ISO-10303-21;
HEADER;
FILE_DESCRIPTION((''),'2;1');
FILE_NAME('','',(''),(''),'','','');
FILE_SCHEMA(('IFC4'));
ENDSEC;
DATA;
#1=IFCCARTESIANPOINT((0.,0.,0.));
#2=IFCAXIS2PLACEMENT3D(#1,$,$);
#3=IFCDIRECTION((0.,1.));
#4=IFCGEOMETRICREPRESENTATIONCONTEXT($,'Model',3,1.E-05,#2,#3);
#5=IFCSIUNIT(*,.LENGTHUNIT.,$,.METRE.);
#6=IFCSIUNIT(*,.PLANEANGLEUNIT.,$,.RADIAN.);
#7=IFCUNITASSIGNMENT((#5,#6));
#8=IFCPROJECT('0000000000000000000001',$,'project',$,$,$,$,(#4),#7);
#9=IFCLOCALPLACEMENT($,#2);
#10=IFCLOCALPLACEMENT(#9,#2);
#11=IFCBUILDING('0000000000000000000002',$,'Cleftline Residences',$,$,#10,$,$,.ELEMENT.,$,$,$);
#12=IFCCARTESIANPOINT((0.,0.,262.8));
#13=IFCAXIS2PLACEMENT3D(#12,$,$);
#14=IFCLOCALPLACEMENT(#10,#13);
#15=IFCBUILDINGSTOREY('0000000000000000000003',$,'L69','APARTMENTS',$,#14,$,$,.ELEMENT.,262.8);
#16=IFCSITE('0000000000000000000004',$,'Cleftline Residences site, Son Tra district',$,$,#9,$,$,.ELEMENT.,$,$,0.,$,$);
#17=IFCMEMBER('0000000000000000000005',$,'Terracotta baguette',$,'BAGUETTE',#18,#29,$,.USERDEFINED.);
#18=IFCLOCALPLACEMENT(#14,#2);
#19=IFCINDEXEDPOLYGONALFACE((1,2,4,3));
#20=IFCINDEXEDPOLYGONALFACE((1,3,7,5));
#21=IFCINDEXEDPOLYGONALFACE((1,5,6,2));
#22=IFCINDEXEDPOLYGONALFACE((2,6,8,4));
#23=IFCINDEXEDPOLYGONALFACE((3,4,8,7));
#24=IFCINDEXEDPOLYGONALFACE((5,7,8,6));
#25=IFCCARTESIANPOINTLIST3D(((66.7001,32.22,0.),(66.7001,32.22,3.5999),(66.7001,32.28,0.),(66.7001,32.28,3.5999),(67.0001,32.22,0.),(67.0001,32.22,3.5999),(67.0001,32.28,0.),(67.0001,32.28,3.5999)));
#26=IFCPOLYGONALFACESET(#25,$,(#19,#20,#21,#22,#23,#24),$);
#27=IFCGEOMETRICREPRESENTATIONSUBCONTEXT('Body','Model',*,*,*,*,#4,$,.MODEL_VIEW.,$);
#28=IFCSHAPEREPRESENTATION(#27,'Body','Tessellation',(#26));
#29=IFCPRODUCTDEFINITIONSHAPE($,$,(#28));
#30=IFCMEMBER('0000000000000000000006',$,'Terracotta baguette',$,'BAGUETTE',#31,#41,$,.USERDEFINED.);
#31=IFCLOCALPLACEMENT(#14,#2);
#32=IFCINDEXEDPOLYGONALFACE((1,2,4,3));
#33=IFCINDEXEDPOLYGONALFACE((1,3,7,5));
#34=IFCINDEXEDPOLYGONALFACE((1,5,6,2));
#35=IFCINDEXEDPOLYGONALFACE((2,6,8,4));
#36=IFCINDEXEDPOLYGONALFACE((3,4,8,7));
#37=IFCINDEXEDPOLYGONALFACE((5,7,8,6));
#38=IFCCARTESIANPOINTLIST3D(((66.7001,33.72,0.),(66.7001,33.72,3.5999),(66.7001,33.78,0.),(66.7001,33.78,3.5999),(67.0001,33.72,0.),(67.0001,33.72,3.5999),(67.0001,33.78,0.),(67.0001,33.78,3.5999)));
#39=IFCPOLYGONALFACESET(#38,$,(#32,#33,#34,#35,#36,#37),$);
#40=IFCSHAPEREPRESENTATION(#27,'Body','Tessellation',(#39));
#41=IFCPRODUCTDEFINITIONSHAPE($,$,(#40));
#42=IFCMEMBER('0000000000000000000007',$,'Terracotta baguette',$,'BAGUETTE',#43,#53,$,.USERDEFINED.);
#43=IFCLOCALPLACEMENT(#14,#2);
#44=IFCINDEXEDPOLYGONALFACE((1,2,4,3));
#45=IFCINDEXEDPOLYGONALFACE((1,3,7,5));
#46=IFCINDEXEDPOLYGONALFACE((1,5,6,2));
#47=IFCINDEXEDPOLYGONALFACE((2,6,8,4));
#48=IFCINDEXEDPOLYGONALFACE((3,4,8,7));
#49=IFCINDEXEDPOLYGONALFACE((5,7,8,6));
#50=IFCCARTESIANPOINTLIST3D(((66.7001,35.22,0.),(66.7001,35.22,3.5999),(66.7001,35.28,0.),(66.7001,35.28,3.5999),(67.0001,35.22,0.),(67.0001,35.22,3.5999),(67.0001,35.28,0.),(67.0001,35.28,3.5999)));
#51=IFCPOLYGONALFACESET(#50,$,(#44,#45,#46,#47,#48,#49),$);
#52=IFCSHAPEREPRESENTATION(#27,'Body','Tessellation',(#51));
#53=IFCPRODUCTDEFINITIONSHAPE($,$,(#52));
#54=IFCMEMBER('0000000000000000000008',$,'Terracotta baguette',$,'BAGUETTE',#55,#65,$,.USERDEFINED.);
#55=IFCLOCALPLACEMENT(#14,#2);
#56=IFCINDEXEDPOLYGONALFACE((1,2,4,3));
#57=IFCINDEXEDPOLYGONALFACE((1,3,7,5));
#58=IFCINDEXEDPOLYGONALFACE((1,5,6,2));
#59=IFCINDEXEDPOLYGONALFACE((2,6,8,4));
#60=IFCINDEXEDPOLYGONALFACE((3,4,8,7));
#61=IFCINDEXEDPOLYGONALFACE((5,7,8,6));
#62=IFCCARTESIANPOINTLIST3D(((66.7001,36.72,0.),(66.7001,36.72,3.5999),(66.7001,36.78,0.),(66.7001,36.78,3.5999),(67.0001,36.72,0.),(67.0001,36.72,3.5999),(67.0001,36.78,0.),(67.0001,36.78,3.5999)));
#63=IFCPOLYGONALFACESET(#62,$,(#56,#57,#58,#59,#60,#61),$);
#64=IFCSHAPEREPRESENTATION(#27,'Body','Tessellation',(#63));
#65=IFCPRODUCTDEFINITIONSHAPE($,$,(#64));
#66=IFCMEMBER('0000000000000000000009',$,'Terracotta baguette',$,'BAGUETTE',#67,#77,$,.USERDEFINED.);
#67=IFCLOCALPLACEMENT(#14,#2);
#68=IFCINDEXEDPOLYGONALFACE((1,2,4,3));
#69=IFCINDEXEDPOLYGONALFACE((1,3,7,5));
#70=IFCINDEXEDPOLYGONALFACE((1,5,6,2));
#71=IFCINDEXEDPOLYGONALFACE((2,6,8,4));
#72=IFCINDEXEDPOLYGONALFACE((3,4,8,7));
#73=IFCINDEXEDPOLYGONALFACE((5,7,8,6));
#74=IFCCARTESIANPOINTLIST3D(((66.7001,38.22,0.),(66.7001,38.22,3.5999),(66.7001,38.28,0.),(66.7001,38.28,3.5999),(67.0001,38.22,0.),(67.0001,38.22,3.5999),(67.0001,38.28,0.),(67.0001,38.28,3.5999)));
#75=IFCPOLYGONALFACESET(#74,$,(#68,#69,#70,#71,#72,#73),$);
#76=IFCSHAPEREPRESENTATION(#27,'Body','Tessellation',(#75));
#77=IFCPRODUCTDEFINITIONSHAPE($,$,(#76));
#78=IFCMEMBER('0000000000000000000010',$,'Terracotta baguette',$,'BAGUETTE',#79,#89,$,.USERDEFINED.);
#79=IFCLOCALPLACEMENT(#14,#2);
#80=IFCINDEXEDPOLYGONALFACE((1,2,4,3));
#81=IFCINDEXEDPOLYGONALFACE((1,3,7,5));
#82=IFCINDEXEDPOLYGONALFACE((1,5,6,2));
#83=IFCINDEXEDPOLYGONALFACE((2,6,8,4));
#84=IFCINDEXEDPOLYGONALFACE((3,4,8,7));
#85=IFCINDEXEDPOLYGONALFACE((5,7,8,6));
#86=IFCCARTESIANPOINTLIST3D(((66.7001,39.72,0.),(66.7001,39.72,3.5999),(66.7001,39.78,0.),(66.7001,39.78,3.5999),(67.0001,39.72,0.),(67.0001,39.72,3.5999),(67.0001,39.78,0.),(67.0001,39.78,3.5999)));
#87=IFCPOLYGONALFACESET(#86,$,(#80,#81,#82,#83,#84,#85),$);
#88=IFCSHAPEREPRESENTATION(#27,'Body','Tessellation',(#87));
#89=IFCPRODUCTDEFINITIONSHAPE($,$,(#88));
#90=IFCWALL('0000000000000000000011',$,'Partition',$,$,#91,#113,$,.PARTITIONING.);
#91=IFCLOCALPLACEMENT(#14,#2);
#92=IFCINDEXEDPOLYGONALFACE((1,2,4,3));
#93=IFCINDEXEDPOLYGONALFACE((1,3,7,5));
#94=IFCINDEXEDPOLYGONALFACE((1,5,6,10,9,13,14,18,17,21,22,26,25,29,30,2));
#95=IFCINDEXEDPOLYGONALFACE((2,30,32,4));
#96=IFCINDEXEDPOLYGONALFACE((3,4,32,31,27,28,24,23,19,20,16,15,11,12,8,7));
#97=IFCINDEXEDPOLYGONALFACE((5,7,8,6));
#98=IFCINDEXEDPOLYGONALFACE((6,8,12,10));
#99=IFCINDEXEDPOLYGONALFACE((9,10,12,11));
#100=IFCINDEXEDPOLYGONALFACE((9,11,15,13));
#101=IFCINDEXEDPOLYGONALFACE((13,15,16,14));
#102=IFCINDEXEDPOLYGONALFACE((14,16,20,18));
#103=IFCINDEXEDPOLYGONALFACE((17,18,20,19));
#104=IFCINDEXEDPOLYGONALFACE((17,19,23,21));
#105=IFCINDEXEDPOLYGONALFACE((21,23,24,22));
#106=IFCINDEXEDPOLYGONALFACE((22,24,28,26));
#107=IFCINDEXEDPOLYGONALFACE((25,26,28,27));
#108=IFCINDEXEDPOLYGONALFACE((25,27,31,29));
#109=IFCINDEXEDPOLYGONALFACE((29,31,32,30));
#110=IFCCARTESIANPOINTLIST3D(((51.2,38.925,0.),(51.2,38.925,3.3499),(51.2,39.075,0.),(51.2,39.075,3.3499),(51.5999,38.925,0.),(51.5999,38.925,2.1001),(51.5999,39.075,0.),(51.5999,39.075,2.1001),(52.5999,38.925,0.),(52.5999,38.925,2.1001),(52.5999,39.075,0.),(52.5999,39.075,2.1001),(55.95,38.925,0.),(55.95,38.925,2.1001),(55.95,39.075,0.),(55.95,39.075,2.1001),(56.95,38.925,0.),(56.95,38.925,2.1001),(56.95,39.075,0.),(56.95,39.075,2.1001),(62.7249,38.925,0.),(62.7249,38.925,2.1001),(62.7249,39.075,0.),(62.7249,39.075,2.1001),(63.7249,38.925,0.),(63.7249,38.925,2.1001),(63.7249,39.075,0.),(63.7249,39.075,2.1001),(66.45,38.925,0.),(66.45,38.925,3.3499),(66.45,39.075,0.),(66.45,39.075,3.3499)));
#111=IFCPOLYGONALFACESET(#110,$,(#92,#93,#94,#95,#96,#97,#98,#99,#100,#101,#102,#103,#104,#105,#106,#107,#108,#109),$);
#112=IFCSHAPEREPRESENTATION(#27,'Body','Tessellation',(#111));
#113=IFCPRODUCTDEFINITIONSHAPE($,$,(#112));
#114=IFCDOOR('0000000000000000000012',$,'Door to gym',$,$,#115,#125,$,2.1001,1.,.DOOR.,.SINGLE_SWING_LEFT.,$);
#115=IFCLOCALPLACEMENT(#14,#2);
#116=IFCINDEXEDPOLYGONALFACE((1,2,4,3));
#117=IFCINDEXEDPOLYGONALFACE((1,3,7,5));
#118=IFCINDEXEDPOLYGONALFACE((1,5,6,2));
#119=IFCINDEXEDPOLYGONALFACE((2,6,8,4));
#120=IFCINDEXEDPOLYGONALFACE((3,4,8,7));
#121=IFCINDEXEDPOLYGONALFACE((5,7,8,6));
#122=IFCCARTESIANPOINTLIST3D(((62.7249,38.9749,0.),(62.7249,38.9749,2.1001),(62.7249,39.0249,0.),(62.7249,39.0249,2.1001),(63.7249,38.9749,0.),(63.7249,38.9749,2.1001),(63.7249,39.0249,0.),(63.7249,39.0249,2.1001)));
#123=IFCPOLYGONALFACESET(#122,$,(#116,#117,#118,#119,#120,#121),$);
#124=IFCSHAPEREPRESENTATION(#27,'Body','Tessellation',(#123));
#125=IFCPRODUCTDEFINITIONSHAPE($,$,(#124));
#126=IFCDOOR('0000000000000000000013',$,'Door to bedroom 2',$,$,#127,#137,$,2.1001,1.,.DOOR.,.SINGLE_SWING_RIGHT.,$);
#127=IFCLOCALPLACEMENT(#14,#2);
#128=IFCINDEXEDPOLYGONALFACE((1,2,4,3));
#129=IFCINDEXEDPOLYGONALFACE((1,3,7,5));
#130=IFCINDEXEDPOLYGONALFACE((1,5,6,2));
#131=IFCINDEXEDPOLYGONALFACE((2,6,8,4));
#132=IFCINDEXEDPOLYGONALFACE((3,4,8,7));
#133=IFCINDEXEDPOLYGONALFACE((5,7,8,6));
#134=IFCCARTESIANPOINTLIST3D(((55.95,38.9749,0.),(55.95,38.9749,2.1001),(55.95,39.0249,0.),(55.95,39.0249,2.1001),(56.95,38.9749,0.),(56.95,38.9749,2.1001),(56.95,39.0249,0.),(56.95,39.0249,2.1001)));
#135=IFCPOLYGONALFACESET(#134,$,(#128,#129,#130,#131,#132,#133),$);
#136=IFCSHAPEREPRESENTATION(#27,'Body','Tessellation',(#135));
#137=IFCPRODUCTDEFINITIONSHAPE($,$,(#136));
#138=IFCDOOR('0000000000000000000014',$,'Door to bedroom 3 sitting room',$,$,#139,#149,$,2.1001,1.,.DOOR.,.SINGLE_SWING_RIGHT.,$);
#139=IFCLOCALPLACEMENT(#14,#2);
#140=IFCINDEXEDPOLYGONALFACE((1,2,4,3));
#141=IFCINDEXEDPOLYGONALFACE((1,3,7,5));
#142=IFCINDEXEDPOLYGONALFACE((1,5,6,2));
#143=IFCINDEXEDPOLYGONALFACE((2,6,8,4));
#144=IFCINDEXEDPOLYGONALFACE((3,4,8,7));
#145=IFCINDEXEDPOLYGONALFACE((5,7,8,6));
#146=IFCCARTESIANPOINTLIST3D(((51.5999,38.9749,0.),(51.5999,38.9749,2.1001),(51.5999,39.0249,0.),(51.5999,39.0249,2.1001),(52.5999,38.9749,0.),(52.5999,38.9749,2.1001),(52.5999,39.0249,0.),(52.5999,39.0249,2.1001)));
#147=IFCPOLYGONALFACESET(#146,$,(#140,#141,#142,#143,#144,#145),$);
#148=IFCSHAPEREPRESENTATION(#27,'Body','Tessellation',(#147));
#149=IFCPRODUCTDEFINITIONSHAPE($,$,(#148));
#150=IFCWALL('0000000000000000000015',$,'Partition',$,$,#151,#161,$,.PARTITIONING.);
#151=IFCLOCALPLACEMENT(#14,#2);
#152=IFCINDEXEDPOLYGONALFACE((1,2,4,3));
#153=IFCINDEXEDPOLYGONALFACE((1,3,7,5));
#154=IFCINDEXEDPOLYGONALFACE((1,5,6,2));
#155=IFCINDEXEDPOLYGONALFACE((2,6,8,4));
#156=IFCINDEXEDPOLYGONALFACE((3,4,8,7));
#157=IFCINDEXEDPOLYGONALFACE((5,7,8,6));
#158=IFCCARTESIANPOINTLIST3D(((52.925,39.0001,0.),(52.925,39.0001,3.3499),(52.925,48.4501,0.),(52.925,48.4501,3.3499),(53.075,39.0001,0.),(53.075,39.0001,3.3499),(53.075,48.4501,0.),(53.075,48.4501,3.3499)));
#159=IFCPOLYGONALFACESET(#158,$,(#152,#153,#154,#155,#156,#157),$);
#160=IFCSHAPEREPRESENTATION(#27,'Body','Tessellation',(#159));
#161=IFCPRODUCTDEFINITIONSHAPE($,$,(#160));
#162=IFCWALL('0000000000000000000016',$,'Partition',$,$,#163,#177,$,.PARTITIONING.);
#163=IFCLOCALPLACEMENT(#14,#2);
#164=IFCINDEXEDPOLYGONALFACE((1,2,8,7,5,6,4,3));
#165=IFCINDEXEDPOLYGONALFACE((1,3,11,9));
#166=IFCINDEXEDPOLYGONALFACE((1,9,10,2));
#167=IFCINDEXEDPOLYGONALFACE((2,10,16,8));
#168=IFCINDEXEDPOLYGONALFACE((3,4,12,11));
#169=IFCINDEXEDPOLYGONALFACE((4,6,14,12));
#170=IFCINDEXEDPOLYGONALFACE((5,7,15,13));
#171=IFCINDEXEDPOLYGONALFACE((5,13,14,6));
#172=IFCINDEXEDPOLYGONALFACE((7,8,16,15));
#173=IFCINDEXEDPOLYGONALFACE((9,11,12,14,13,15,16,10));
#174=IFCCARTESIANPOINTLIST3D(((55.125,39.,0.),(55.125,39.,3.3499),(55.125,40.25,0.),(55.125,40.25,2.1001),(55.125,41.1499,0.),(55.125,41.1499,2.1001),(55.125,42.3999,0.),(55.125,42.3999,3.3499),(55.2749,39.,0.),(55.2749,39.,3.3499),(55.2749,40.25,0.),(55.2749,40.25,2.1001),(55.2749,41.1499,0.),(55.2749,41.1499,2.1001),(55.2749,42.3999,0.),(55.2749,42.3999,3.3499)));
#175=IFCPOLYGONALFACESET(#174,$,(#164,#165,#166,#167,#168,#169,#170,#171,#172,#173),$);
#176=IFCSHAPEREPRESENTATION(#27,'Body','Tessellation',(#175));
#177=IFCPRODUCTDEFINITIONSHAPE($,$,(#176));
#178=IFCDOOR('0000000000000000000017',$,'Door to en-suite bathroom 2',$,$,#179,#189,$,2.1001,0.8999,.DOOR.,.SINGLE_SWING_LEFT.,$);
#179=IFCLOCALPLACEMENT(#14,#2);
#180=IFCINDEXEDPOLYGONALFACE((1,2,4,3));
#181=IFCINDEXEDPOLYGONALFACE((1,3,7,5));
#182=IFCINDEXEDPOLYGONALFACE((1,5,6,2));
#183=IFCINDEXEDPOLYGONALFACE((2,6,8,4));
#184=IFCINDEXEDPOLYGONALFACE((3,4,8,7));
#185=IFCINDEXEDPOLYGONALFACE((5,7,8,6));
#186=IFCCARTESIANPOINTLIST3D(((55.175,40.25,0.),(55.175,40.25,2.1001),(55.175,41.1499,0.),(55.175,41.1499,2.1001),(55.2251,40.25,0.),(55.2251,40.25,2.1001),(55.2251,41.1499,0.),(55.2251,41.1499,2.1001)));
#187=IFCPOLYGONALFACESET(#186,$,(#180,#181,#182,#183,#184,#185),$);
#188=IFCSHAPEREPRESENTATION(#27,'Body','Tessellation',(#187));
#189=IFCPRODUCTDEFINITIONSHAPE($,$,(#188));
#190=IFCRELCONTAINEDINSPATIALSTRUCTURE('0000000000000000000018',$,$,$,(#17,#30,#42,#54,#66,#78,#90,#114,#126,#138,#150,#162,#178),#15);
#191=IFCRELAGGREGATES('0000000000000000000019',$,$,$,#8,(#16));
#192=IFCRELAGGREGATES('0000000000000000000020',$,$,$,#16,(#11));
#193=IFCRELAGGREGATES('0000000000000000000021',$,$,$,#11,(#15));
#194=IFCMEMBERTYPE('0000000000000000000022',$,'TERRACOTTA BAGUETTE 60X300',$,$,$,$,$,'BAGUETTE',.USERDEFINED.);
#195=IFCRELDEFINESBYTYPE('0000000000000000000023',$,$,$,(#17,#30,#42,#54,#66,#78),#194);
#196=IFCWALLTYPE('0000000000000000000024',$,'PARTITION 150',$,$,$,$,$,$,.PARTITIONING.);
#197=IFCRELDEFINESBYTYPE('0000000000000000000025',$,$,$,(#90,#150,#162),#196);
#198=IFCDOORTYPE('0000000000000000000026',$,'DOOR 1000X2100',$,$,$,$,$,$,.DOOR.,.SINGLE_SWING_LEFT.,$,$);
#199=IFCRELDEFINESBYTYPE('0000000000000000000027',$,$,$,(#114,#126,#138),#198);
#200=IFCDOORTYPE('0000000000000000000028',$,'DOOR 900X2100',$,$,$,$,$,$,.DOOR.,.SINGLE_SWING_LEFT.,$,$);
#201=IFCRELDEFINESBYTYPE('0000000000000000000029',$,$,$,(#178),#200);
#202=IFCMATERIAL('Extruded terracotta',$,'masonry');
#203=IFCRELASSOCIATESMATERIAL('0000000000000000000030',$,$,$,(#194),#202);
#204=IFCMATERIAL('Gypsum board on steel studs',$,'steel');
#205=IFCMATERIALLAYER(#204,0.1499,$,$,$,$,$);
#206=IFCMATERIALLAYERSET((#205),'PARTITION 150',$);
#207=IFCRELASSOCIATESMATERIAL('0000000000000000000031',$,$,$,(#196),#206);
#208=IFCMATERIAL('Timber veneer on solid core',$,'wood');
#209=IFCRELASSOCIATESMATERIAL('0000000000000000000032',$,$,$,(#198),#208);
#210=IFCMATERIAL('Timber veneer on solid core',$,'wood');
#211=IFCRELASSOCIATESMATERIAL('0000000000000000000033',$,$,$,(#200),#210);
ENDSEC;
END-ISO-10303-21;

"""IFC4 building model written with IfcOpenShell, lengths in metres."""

from ifc_helpers import new_model, si_unit, direction, frame, frame_2d, origin, origin_2d, place, context, subcontext, project, spatial, rectangle, extrude, material, layer, layer_set, material_profile, profile_set, type_object, element, fill, save


model = new_model("IFC4")

# Units and contexts
model_context = context("Model", 3, precision=1e-05, world=origin(), true_north=direction((0.0, 1.0)))
body_context = subcontext(model_context, "Body", "Model", "MODEL_VIEW")
ifc_project = project(units=[si_unit("LENGTHUNIT", "METRE"), si_unit("PLANEANGLEUNIT", "RADIAN")], contexts=[model_context])

# Site, building, storey
site_placement = place(None, origin())
site = spatial("IfcSite", under=ifc_project, at=site_placement, Name="Cleftline Residences site, Son Tra district", CompositionType="ELEMENT", RefElevation=0.0)
building_placement = place(site_placement, origin())
building = spatial("IfcBuilding", under=site, at=building_placement, Name="Cleftline Residences", CompositionType="ELEMENT")
storey_placement = place(building_placement, frame((0.0, 0.0, 262.8)))
storey = spatial("IfcBuildingStorey", under=building, at=storey_placement, Name="L69", Description="APARTMENTS", CompositionType="ELEMENT", Elevation=262.8)

# Members
ifc_material_1 = material(Name="Extruded terracotta", Category="masonry")
ifc_material_profile_1 = material_profile(ifc_material_1, rectangle(XDim=0.0601, YDim=0.3, at=origin_2d()))
ifc_profile_set_1 = profile_set([ifc_material_profile_1], Name="Extruded terracotta")
member_type_1 = type_object("IfcMemberType", Name="TERRACOTTA BAGUETTE 60X300", ElementType="BAGUETTE", PredefinedType="USERDEFINED", material=ifc_profile_set_1)
for number, where, z_axis, x_axis, name in (
    (1, (66.8501, 32.25, 0.0), (0.0, 0.0, 1.0), (0.0, 1.0, 0.0), "Terracotta baguette"),
    (2, (66.8501, 33.75, 0.0), (0.0, 0.0, 1.0), (0.0, 1.0, 0.0), "Terracotta baguette"),
    (3, (66.8501, 35.25, 0.0), (0.0, 0.0, 1.0), (0.0, 1.0, 0.0), "Terracotta baguette"),
    (4, (66.8501, 36.75, 0.0), (0.0, 0.0, 1.0), (0.0, 1.0, 0.0), "Terracotta baguette"),
    (5, (66.8501, 38.25, 0.0), (0.0, 0.0, 1.0), (0.0, 1.0, 0.0), "Terracotta baguette"),
    (6, (66.8501, 39.75, 0.0), (0.0, 0.0, 1.0), (0.0, 1.0, 0.0), "Terracotta baguette"),
):
    element("IfcMember", number, at=place(storey_placement, frame(where, z_axis=z_axis, x_axis=x_axis)), inside=storey, type_object=member_type_1, Name=name, ObjectType="BAGUETTE", PredefinedType="USERDEFINED", context=body_context, shape_type="SweptSolid", body=[
        extrude(rectangle(XDim=0.0601, YDim=0.3, at=origin_2d()), origin(), (0.0, 0.0, 1.0), 3.5999),
    ])

# Wall, openings, doors
ifc_material_2 = material(Name="Gypsum board on steel studs", Category="steel")
ifc_layer = layer(ifc_material_2, 0.1499)
ifc_layer_set = layer_set([ifc_layer], Name="PARTITION 150")
wall_type = type_object("IfcWallType", Name="PARTITION 150", PredefinedType="PARTITIONING", material=ifc_layer_set)
wall_1_placement = place(storey_placement, frame((51.2, 39.0, 0.0), z_axis=(0.0, 0.0, 1.0), x_axis=(1.0, 0.0, 0.0)))
wall_1 = element("IfcWall", 7, at=wall_1_placement, inside=storey, type_object=wall_type, Name="Partition", PredefinedType="PARTITIONING", context=body_context, shape_type="SweptSolid", body=[
    extrude(rectangle(XDim=15.25, YDim=0.1499, at=frame_2d((7.625, 0.0))), origin(), (0.0, 0.0, 1.0), 3.3499),
])
opening_1_placement = place(wall_1_placement, frame((11.5249, 0.0, 0.0)))
opening_1 = element("IfcOpeningElement", 8, at=opening_1_placement, cuts=wall_1, PredefinedType="OPENING", context=body_context, shape_type="SweptSolid", body=[
    extrude(rectangle(XDim=1.0, YDim=2.1001, at=frame_2d((0.5, 1.05))), frame((0.0, 0.085, 0.0), z_axis=(0.0, -1.0, 0.0), x_axis=(1.0, 0.0, 0.0)), (0.0, 0.0, 1.0), 0.1699),
])
opening_2_placement = place(wall_1_placement, frame((4.75, 0.0, 0.0)))
opening_2 = element("IfcOpeningElement", 9, at=opening_2_placement, cuts=wall_1, PredefinedType="OPENING", context=body_context, shape_type="SweptSolid", body=[
    extrude(rectangle(XDim=1.0, YDim=2.1001, at=frame_2d((0.5, 1.05))), frame((0.0, 0.085, 0.0), z_axis=(0.0, -1.0, 0.0), x_axis=(1.0, 0.0, 0.0)), (0.0, 0.0, 1.0), 0.1699),
])
opening_3_placement = place(wall_1_placement, frame((0.3999, 0.0, 0.0)))
opening_3 = element("IfcOpeningElement", 10, at=opening_3_placement, cuts=wall_1, PredefinedType="OPENING", context=body_context, shape_type="SweptSolid", body=[
    extrude(rectangle(XDim=1.0, YDim=2.1001, at=frame_2d((0.5, 1.05))), frame((0.0, 0.085, 0.0), z_axis=(0.0, -1.0, 0.0), x_axis=(1.0, 0.0, 0.0)), (0.0, 0.0, 1.0), 0.1699),
])
ifc_material_3 = material(Name="Timber veneer on solid core", Category="wood")
door_type_1 = type_object("IfcDoorType", Name="DOOR 1000X2100", OperationType="SINGLE_SWING_LEFT", PredefinedType="DOOR", material=ifc_material_3)
door_1_placement = place(opening_1_placement, origin())
door_1 = element("IfcDoor", 11, at=door_1_placement, inside=storey, type_object=door_type_1, Name="Door to gym", OperationType="SINGLE_SWING_LEFT", OverallHeight=2.1001, OverallWidth=1.0, PredefinedType="DOOR", context=body_context, shape_type="SweptSolid", body=[
    extrude(rectangle(XDim=1.0, YDim=2.1001, at=frame_2d((0.5, 1.05))), frame((0.0, 0.0249, 0.0), z_axis=(0.0, -1.0, 0.0), x_axis=(1.0, 0.0, 0.0)), (0.0, 0.0, 1.0), 0.05),
])
fill(opening_1, door_1)
door_2_placement = place(opening_2_placement, origin())
door_2 = element("IfcDoor", 12, at=door_2_placement, inside=storey, type_object=door_type_1, Name="Door to bedroom 2", OperationType="SINGLE_SWING_RIGHT", OverallHeight=2.1001, OverallWidth=1.0, PredefinedType="DOOR", context=body_context, shape_type="SweptSolid", body=[
    extrude(rectangle(XDim=1.0, YDim=2.1001, at=frame_2d((0.5, 1.05))), frame((0.0, 0.0249, 0.0), z_axis=(0.0, -1.0, 0.0), x_axis=(1.0, 0.0, 0.0)), (0.0, 0.0, 1.0), 0.05),
])
fill(opening_2, door_2)
door_3_placement = place(opening_3_placement, origin())
door_3 = element("IfcDoor", 13, at=door_3_placement, inside=storey, type_object=door_type_1, Name="Door to bedroom 3 sitting room", OperationType="SINGLE_SWING_RIGHT", OverallHeight=2.1001, OverallWidth=1.0, PredefinedType="DOOR", context=body_context, shape_type="SweptSolid", body=[
    extrude(rectangle(XDim=1.0, YDim=2.1001, at=frame_2d((0.5, 1.05))), frame((0.0, 0.0249, 0.0), z_axis=(0.0, -1.0, 0.0), x_axis=(1.0, 0.0, 0.0)), (0.0, 0.0, 1.0), 0.05),
])
fill(opening_3, door_3)

# Wall
wall_2_placement = place(storey_placement, frame((53.0, 39.0, 0.0), z_axis=(0.0, 0.0, 1.0), x_axis=(0.0, 1.0, 0.0)))
element("IfcWall", 14, at=wall_2_placement, inside=storey, type_object=wall_type, Name="Partition", PredefinedType="PARTITIONING", context=body_context, shape_type="SweptSolid", body=[
    extrude(rectangle(XDim=9.45, YDim=0.1499, at=frame_2d((4.7251, 0.0))), origin(), (0.0, 0.0, 1.0), 3.3499),
])

# Wall, opening, door
wall_3_placement = place(storey_placement, frame((55.2, 39.0, 0.0), z_axis=(0.0, 0.0, 1.0), x_axis=(0.0, 1.0, 0.0)))
wall_3 = element("IfcWall", 15, at=wall_3_placement, inside=storey, type_object=wall_type, Name="Partition", PredefinedType="PARTITIONING", context=body_context, shape_type="SweptSolid", body=[
    extrude(rectangle(XDim=3.3999, YDim=0.1499, at=frame_2d((1.7, 0.0))), origin(), (0.0, 0.0, 1.0), 3.3499),
])
opening_4_placement = place(wall_3_placement, frame((1.25, 0.0, 0.0)))
opening_4 = element("IfcOpeningElement", 16, at=opening_4_placement, cuts=wall_3, PredefinedType="OPENING", context=body_context, shape_type="SweptSolid", body=[
    extrude(rectangle(XDim=0.8999, YDim=2.1001, at=frame_2d((0.45, 1.05))), frame((0.0, 0.085, 0.0), z_axis=(0.0, -1.0, 0.0), x_axis=(1.0, 0.0, 0.0)), (0.0, 0.0, 1.0), 0.1699),
])
ifc_material_4 = material(Name="Timber veneer on solid core", Category="wood")
door_type_2 = type_object("IfcDoorType", Name="DOOR 900X2100", OperationType="SINGLE_SWING_LEFT", PredefinedType="DOOR", material=ifc_material_4)
door_4_placement = place(opening_4_placement, origin())
door_4 = element("IfcDoor", 17, at=door_4_placement, inside=storey, type_object=door_type_2, Name="Door to en-suite bathroom 2", OperationType="SINGLE_SWING_LEFT", OverallHeight=2.1001, OverallWidth=0.8999, PredefinedType="DOOR", context=body_context, shape_type="SweptSolid", body=[
    extrude(rectangle(XDim=0.8999, YDim=2.1001, at=frame_2d((0.45, 1.05))), frame((0.0, 0.0249, 0.0), z_axis=(0.0, -1.0, 0.0), x_axis=(1.0, 0.0, 0.0)), (0.0, 0.0, 1.0), 0.05),
])
fill(opening_4, door_4)

save(model, "model.ifc")
